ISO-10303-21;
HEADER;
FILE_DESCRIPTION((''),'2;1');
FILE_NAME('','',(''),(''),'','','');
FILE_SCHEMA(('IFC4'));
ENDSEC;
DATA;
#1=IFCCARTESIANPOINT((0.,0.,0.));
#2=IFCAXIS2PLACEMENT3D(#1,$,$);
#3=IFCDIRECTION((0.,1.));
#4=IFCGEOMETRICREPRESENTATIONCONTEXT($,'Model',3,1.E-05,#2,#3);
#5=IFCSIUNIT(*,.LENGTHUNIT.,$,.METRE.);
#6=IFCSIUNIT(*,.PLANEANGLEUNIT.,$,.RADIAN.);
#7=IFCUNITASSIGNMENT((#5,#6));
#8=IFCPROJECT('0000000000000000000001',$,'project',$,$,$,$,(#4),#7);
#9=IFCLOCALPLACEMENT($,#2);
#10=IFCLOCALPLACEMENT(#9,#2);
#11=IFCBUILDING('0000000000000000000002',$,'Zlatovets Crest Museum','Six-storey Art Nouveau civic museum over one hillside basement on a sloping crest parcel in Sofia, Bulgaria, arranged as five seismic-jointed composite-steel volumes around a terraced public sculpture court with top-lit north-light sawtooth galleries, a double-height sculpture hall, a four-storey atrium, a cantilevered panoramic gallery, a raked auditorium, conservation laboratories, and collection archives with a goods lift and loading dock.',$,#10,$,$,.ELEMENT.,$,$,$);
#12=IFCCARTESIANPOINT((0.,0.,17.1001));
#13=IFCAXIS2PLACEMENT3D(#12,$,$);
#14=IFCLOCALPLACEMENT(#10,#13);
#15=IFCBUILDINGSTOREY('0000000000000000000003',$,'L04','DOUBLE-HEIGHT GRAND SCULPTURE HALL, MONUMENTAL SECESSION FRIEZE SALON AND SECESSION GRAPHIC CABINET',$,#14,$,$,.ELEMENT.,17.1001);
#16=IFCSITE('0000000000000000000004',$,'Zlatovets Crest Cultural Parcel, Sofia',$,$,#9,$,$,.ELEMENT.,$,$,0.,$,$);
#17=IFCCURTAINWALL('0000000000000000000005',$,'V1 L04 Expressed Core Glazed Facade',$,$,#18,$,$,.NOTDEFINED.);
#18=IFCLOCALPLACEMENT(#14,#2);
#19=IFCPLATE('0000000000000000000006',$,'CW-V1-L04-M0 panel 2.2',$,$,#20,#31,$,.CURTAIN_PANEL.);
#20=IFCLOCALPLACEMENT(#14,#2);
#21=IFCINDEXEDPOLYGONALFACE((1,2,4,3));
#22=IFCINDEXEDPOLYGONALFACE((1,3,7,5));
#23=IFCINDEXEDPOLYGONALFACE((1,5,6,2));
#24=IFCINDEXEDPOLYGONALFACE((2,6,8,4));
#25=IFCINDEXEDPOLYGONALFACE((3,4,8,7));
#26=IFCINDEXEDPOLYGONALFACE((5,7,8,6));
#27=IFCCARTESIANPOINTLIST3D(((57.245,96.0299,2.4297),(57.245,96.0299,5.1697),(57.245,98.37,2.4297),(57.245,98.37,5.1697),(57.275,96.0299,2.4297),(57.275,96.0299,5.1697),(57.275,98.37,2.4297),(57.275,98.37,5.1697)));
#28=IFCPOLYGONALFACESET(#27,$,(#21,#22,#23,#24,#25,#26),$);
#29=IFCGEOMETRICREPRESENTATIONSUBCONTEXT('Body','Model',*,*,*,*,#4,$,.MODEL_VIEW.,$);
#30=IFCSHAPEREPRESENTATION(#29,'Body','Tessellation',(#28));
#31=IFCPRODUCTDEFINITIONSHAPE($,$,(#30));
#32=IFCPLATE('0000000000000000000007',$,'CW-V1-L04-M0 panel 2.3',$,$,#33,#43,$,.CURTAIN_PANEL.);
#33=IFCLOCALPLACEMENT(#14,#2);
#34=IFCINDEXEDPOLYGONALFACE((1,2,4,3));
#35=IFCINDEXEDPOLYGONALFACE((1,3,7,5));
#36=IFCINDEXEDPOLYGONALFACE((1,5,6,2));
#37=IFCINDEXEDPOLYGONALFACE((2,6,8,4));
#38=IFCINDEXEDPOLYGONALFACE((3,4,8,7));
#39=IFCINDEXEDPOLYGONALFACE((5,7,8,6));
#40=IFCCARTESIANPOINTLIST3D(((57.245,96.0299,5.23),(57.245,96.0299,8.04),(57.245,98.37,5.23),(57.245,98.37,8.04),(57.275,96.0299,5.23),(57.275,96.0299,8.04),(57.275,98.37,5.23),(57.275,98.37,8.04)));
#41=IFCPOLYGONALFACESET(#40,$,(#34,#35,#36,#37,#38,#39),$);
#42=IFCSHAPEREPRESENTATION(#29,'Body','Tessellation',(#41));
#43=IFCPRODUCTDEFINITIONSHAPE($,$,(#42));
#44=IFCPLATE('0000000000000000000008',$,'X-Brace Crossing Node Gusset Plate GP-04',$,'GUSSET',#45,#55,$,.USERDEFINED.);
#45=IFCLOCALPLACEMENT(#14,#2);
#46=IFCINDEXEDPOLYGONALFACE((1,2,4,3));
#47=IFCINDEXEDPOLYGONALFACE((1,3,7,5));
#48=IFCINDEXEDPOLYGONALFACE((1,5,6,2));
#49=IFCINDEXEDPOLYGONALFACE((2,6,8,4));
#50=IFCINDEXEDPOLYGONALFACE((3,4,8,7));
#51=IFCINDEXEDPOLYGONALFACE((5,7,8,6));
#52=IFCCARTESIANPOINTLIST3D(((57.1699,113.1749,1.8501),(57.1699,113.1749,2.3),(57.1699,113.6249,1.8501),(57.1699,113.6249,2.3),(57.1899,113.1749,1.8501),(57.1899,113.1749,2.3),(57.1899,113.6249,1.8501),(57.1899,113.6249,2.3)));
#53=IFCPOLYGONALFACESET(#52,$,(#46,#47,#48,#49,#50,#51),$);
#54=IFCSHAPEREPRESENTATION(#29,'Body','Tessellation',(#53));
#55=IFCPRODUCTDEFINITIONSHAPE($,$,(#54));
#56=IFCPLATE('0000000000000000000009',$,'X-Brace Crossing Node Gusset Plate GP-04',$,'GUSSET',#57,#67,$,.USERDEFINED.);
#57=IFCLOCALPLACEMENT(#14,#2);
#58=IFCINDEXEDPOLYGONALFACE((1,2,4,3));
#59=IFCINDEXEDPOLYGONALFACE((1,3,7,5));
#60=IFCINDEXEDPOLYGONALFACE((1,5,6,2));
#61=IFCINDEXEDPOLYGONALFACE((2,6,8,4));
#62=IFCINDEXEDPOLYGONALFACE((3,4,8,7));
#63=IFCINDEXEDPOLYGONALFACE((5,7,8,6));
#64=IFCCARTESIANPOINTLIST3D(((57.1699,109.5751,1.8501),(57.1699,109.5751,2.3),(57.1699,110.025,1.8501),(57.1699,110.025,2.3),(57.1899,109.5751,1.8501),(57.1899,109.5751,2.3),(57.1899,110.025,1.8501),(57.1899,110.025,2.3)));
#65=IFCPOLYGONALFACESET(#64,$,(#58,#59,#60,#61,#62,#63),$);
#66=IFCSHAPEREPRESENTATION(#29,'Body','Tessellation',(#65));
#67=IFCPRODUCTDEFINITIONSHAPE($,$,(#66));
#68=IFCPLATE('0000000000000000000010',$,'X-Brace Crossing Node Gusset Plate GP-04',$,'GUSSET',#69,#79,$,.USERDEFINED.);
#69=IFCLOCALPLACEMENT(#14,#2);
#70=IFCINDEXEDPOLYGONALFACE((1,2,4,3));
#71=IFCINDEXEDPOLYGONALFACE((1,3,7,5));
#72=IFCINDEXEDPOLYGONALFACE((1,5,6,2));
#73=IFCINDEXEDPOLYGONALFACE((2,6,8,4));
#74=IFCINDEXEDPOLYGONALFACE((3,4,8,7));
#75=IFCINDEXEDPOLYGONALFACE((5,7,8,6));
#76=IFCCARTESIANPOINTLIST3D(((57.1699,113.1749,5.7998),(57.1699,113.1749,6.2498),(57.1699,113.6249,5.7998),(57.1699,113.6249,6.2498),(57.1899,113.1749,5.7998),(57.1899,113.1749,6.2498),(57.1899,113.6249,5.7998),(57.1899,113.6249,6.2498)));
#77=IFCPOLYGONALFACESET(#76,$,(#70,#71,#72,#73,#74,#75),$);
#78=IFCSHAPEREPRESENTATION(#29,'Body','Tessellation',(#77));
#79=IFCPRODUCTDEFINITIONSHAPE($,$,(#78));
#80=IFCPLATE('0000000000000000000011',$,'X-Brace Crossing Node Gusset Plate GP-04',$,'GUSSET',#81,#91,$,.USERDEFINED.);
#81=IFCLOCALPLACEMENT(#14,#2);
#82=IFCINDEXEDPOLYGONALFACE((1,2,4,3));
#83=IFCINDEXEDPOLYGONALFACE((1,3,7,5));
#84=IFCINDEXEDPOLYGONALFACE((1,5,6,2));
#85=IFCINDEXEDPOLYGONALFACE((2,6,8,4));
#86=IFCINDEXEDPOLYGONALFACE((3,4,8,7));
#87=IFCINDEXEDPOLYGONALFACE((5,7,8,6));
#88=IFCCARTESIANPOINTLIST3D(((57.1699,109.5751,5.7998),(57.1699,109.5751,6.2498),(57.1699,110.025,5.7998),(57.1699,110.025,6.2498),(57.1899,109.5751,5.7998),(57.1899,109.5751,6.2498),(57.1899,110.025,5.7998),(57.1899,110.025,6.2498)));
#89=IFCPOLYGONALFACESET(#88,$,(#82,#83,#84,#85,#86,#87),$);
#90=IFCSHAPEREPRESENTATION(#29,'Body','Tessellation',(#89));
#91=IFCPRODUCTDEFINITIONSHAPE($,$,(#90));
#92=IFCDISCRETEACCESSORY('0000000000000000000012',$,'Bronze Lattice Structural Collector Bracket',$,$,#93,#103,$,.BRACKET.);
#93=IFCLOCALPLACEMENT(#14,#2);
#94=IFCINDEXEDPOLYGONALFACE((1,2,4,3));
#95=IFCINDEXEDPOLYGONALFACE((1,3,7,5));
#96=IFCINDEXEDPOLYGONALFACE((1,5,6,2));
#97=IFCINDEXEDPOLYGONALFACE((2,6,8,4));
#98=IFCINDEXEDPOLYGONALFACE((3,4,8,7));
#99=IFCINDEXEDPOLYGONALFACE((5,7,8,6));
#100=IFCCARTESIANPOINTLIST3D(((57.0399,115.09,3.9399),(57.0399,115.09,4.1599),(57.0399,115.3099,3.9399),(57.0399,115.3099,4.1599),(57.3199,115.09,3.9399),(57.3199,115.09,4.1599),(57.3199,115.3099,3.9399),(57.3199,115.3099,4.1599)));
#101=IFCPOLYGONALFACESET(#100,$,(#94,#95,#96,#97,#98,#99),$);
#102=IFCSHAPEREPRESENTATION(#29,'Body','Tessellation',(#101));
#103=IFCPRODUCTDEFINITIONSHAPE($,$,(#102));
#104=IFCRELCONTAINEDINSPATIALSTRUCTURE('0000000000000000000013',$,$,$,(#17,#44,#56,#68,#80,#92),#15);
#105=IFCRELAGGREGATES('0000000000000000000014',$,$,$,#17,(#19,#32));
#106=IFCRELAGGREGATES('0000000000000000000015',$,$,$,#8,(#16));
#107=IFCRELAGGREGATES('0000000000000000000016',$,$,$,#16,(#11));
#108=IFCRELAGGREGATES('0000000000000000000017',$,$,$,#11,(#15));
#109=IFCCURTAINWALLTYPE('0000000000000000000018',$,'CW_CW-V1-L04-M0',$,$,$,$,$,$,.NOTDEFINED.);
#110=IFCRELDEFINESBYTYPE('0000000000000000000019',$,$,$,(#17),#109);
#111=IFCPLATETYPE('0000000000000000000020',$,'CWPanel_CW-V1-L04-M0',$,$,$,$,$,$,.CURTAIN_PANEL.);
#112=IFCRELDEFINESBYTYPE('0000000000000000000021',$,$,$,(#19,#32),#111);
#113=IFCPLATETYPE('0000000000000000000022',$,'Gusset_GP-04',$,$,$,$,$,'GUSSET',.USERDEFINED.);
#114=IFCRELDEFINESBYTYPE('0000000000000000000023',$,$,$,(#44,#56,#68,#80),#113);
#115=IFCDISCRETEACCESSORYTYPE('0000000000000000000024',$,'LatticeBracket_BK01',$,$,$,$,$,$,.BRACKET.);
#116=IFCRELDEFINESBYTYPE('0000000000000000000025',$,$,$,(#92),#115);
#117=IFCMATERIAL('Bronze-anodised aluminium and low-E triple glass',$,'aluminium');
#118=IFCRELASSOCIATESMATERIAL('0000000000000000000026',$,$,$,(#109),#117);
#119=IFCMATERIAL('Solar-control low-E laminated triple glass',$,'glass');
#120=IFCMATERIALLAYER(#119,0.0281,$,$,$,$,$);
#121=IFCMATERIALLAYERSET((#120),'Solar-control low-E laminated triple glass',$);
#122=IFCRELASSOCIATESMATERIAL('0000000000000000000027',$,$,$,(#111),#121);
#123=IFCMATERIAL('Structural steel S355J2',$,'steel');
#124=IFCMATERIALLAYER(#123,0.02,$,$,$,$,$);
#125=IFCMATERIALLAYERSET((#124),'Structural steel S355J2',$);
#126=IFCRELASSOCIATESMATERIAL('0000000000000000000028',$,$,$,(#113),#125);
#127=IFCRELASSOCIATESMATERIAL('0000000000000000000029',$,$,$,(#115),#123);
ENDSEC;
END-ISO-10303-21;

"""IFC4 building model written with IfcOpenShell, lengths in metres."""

from ifc_helpers import new_model, si_unit, direction, frame, origin, origin_2d, place, context, subcontext, project, spatial, rectangle, extrude, material, layer, layer_set, type_object, element, aggregate, save


model = new_model("IFC4")

# Units and contexts
model_context = context("Model", 3, precision=1e-05, world=origin(), true_north=direction((0.0, 1.0)))
body_context = subcontext(model_context, "Body", "Model", "MODEL_VIEW")
ifc_project = project(units=[si_unit("LENGTHUNIT", "METRE"), si_unit("PLANEANGLEUNIT", "RADIAN")], contexts=[model_context])

# Site, building, storey
site_placement = place(None, origin())
site = spatial("IfcSite", under=ifc_project, at=site_placement, Name="Zlatovets Crest Cultural Parcel, Sofia", CompositionType="ELEMENT", RefElevation=0.0)
building_placement = place(site_placement, origin())
building = spatial("IfcBuilding", under=site, at=building_placement, Name="Zlatovets Crest Museum", Description="Six-storey Art Nouveau civic museum over one hillside basement on a sloping crest parcel in Sofia, Bulgaria, arranged as five seismic-jointed composite-steel volumes around a terraced public sculpture court with top-lit north-light sawtooth galleries, a double-height sculpture hall, a four-storey atrium, a cantilevered panoramic gallery, a raked auditorium, conservation laboratories, and collection archives with a goods lift and loading dock.", CompositionType="ELEMENT")
storey_placement = place(building_placement, frame((0.0, 0.0, 17.1001)))
storey = spatial("IfcBuildingStorey", under=building, at=storey_placement, Name="L04", Description="DOUBLE-HEIGHT GRAND SCULPTURE HALL, MONUMENTAL SECESSION FRIEZE SALON AND SECESSION GRAPHIC CABINET", CompositionType="ELEMENT", Elevation=17.1001)

# Shared definitions
ifc_material_1 = material(Name="Bronze-anodised aluminium and low-E triple glass", Category="aluminium")

# Curtain wall
curtain_wall_type_1 = type_object("IfcCurtainWallType", Name="CW_CW-V1-L04-M0", PredefinedType="NOTDEFINED", material=ifc_material_1)
curtain_wall_1_placement = place(storey_placement, origin())
curtain_wall_1 = element("IfcCurtainWall", 1, at=curtain_wall_1_placement, inside=storey, type_object=curtain_wall_type_1, Name="V1 L04 Expressed Core Glazed Facade", PredefinedType="NOTDEFINED")

# Plates
ifc_material_2 = material(Name="Solar-control low-E laminated triple glass", Category="glass")
ifc_layer_1 = layer(ifc_material_2, 0.0281)
ifc_layer_set_1 = layer_set([ifc_layer_1], Name="Solar-control low-E laminated triple glass")
plate_type_1 = type_object("IfcPlateType", Name="CWPanel_CW-V1-L04-M0", PredefinedType="CURTAIN_PANEL", material=ifc_layer_set_1)
plate_1_placement = place(storey_placement, frame((57.26, 97.2, 2.4297), z_axis=(0.0, 0.0, 1.0), x_axis=(0.0, -1.0, 0.0)))
plate_1 = element("IfcPlate", 2, at=plate_1_placement, type_object=plate_type_1, Name="CW-V1-L04-M0 panel 2.2", PredefinedType="CURTAIN_PANEL", context=body_context, shape_type="SweptSolid", body=[
    extrude(rectangle(XDim=2.3401, YDim=0.03, at=origin_2d()), origin(), (0.0, 0.0, 1.0), 2.74),
])
plate_2_placement = place(storey_placement, frame((57.26, 97.2, 5.23), z_axis=(0.0, 0.0, 1.0), x_axis=(0.0, -1.0, 0.0)))
plate_2 = element("IfcPlate", 3, at=plate_2_placement, type_object=plate_type_1, Name="CW-V1-L04-M0 panel 2.3", PredefinedType="CURTAIN_PANEL", context=body_context, shape_type="SweptSolid", body=[
    extrude(rectangle(XDim=2.3401, YDim=0.03, at=origin_2d()), origin(), (0.0, 0.0, 1.0), 2.8101),
])
aggregate(curtain_wall_1, [plate_1, plate_2])

# Plates
ifc_material_3 = material(Name="Structural steel S355J2", Category="steel")
ifc_layer_2 = layer(ifc_material_3, 0.02)
ifc_layer_set_2 = layer_set([ifc_layer_2], Name="Structural steel S355J2")
plate_type_2 = type_object("IfcPlateType", Name="Gusset_GP-04", ElementType="GUSSET", PredefinedType="USERDEFINED", material=ifc_layer_set_2)
for number, where, z_axis, x_axis, name in (
    (4, (57.1799, 113.3999, 1.8501), (0.0, 0.0, 1.0), (1.0, 0.0, 0.0), "X-Brace Crossing Node Gusset Plate GP-04"),
    (5, (57.1799, 109.8, 1.8501), (0.0, 0.0, 1.0), (1.0, 0.0, 0.0), "X-Brace Crossing Node Gusset Plate GP-04"),
    (6, (57.1799, 113.3999, 5.7998), (0.0, 0.0, 1.0), (1.0, 0.0, 0.0), "X-Brace Crossing Node Gusset Plate GP-04"),
    (7, (57.1799, 109.8, 5.7998), (0.0, 0.0, 1.0), (1.0, 0.0, 0.0), "X-Brace Crossing Node Gusset Plate GP-04"),
):
    element("IfcPlate", number, at=place(storey_placement, frame(where, z_axis=z_axis, x_axis=x_axis)), inside=storey, type_object=plate_type_2, Name=name, ObjectType="GUSSET", PredefinedType="USERDEFINED", context=body_context, shape_type="SweptSolid", body=[
        extrude(rectangle(XDim=0.02, YDim=0.45, at=origin_2d()), origin(), (0.0, 0.0, 1.0), 0.45),
    ])

# Discrete accessory
discrete_accessory_type = type_object("IfcDiscreteAccessoryType", Name="LatticeBracket_BK01", PredefinedType="BRACKET", material=ifc_material_3)
discrete_accessory_placement = place(storey_placement, frame((57.1799, 115.2, 3.9399), z_axis=(0.0, 0.0, 1.0), x_axis=(1.0, 0.0, 0.0)))
element("IfcDiscreteAccessory", 8, at=discrete_accessory_placement, inside=storey, type_object=discrete_accessory_type, Name="Bronze Lattice Structural Collector Bracket", PredefinedType="BRACKET", context=body_context, shape_type="SweptSolid", body=[
    extrude(rectangle(XDim=0.28, YDim=0.22, at=origin_2d()), origin(), (0.0, 0.0, 1.0), 0.22),
])

save(model, "model.ifc")
